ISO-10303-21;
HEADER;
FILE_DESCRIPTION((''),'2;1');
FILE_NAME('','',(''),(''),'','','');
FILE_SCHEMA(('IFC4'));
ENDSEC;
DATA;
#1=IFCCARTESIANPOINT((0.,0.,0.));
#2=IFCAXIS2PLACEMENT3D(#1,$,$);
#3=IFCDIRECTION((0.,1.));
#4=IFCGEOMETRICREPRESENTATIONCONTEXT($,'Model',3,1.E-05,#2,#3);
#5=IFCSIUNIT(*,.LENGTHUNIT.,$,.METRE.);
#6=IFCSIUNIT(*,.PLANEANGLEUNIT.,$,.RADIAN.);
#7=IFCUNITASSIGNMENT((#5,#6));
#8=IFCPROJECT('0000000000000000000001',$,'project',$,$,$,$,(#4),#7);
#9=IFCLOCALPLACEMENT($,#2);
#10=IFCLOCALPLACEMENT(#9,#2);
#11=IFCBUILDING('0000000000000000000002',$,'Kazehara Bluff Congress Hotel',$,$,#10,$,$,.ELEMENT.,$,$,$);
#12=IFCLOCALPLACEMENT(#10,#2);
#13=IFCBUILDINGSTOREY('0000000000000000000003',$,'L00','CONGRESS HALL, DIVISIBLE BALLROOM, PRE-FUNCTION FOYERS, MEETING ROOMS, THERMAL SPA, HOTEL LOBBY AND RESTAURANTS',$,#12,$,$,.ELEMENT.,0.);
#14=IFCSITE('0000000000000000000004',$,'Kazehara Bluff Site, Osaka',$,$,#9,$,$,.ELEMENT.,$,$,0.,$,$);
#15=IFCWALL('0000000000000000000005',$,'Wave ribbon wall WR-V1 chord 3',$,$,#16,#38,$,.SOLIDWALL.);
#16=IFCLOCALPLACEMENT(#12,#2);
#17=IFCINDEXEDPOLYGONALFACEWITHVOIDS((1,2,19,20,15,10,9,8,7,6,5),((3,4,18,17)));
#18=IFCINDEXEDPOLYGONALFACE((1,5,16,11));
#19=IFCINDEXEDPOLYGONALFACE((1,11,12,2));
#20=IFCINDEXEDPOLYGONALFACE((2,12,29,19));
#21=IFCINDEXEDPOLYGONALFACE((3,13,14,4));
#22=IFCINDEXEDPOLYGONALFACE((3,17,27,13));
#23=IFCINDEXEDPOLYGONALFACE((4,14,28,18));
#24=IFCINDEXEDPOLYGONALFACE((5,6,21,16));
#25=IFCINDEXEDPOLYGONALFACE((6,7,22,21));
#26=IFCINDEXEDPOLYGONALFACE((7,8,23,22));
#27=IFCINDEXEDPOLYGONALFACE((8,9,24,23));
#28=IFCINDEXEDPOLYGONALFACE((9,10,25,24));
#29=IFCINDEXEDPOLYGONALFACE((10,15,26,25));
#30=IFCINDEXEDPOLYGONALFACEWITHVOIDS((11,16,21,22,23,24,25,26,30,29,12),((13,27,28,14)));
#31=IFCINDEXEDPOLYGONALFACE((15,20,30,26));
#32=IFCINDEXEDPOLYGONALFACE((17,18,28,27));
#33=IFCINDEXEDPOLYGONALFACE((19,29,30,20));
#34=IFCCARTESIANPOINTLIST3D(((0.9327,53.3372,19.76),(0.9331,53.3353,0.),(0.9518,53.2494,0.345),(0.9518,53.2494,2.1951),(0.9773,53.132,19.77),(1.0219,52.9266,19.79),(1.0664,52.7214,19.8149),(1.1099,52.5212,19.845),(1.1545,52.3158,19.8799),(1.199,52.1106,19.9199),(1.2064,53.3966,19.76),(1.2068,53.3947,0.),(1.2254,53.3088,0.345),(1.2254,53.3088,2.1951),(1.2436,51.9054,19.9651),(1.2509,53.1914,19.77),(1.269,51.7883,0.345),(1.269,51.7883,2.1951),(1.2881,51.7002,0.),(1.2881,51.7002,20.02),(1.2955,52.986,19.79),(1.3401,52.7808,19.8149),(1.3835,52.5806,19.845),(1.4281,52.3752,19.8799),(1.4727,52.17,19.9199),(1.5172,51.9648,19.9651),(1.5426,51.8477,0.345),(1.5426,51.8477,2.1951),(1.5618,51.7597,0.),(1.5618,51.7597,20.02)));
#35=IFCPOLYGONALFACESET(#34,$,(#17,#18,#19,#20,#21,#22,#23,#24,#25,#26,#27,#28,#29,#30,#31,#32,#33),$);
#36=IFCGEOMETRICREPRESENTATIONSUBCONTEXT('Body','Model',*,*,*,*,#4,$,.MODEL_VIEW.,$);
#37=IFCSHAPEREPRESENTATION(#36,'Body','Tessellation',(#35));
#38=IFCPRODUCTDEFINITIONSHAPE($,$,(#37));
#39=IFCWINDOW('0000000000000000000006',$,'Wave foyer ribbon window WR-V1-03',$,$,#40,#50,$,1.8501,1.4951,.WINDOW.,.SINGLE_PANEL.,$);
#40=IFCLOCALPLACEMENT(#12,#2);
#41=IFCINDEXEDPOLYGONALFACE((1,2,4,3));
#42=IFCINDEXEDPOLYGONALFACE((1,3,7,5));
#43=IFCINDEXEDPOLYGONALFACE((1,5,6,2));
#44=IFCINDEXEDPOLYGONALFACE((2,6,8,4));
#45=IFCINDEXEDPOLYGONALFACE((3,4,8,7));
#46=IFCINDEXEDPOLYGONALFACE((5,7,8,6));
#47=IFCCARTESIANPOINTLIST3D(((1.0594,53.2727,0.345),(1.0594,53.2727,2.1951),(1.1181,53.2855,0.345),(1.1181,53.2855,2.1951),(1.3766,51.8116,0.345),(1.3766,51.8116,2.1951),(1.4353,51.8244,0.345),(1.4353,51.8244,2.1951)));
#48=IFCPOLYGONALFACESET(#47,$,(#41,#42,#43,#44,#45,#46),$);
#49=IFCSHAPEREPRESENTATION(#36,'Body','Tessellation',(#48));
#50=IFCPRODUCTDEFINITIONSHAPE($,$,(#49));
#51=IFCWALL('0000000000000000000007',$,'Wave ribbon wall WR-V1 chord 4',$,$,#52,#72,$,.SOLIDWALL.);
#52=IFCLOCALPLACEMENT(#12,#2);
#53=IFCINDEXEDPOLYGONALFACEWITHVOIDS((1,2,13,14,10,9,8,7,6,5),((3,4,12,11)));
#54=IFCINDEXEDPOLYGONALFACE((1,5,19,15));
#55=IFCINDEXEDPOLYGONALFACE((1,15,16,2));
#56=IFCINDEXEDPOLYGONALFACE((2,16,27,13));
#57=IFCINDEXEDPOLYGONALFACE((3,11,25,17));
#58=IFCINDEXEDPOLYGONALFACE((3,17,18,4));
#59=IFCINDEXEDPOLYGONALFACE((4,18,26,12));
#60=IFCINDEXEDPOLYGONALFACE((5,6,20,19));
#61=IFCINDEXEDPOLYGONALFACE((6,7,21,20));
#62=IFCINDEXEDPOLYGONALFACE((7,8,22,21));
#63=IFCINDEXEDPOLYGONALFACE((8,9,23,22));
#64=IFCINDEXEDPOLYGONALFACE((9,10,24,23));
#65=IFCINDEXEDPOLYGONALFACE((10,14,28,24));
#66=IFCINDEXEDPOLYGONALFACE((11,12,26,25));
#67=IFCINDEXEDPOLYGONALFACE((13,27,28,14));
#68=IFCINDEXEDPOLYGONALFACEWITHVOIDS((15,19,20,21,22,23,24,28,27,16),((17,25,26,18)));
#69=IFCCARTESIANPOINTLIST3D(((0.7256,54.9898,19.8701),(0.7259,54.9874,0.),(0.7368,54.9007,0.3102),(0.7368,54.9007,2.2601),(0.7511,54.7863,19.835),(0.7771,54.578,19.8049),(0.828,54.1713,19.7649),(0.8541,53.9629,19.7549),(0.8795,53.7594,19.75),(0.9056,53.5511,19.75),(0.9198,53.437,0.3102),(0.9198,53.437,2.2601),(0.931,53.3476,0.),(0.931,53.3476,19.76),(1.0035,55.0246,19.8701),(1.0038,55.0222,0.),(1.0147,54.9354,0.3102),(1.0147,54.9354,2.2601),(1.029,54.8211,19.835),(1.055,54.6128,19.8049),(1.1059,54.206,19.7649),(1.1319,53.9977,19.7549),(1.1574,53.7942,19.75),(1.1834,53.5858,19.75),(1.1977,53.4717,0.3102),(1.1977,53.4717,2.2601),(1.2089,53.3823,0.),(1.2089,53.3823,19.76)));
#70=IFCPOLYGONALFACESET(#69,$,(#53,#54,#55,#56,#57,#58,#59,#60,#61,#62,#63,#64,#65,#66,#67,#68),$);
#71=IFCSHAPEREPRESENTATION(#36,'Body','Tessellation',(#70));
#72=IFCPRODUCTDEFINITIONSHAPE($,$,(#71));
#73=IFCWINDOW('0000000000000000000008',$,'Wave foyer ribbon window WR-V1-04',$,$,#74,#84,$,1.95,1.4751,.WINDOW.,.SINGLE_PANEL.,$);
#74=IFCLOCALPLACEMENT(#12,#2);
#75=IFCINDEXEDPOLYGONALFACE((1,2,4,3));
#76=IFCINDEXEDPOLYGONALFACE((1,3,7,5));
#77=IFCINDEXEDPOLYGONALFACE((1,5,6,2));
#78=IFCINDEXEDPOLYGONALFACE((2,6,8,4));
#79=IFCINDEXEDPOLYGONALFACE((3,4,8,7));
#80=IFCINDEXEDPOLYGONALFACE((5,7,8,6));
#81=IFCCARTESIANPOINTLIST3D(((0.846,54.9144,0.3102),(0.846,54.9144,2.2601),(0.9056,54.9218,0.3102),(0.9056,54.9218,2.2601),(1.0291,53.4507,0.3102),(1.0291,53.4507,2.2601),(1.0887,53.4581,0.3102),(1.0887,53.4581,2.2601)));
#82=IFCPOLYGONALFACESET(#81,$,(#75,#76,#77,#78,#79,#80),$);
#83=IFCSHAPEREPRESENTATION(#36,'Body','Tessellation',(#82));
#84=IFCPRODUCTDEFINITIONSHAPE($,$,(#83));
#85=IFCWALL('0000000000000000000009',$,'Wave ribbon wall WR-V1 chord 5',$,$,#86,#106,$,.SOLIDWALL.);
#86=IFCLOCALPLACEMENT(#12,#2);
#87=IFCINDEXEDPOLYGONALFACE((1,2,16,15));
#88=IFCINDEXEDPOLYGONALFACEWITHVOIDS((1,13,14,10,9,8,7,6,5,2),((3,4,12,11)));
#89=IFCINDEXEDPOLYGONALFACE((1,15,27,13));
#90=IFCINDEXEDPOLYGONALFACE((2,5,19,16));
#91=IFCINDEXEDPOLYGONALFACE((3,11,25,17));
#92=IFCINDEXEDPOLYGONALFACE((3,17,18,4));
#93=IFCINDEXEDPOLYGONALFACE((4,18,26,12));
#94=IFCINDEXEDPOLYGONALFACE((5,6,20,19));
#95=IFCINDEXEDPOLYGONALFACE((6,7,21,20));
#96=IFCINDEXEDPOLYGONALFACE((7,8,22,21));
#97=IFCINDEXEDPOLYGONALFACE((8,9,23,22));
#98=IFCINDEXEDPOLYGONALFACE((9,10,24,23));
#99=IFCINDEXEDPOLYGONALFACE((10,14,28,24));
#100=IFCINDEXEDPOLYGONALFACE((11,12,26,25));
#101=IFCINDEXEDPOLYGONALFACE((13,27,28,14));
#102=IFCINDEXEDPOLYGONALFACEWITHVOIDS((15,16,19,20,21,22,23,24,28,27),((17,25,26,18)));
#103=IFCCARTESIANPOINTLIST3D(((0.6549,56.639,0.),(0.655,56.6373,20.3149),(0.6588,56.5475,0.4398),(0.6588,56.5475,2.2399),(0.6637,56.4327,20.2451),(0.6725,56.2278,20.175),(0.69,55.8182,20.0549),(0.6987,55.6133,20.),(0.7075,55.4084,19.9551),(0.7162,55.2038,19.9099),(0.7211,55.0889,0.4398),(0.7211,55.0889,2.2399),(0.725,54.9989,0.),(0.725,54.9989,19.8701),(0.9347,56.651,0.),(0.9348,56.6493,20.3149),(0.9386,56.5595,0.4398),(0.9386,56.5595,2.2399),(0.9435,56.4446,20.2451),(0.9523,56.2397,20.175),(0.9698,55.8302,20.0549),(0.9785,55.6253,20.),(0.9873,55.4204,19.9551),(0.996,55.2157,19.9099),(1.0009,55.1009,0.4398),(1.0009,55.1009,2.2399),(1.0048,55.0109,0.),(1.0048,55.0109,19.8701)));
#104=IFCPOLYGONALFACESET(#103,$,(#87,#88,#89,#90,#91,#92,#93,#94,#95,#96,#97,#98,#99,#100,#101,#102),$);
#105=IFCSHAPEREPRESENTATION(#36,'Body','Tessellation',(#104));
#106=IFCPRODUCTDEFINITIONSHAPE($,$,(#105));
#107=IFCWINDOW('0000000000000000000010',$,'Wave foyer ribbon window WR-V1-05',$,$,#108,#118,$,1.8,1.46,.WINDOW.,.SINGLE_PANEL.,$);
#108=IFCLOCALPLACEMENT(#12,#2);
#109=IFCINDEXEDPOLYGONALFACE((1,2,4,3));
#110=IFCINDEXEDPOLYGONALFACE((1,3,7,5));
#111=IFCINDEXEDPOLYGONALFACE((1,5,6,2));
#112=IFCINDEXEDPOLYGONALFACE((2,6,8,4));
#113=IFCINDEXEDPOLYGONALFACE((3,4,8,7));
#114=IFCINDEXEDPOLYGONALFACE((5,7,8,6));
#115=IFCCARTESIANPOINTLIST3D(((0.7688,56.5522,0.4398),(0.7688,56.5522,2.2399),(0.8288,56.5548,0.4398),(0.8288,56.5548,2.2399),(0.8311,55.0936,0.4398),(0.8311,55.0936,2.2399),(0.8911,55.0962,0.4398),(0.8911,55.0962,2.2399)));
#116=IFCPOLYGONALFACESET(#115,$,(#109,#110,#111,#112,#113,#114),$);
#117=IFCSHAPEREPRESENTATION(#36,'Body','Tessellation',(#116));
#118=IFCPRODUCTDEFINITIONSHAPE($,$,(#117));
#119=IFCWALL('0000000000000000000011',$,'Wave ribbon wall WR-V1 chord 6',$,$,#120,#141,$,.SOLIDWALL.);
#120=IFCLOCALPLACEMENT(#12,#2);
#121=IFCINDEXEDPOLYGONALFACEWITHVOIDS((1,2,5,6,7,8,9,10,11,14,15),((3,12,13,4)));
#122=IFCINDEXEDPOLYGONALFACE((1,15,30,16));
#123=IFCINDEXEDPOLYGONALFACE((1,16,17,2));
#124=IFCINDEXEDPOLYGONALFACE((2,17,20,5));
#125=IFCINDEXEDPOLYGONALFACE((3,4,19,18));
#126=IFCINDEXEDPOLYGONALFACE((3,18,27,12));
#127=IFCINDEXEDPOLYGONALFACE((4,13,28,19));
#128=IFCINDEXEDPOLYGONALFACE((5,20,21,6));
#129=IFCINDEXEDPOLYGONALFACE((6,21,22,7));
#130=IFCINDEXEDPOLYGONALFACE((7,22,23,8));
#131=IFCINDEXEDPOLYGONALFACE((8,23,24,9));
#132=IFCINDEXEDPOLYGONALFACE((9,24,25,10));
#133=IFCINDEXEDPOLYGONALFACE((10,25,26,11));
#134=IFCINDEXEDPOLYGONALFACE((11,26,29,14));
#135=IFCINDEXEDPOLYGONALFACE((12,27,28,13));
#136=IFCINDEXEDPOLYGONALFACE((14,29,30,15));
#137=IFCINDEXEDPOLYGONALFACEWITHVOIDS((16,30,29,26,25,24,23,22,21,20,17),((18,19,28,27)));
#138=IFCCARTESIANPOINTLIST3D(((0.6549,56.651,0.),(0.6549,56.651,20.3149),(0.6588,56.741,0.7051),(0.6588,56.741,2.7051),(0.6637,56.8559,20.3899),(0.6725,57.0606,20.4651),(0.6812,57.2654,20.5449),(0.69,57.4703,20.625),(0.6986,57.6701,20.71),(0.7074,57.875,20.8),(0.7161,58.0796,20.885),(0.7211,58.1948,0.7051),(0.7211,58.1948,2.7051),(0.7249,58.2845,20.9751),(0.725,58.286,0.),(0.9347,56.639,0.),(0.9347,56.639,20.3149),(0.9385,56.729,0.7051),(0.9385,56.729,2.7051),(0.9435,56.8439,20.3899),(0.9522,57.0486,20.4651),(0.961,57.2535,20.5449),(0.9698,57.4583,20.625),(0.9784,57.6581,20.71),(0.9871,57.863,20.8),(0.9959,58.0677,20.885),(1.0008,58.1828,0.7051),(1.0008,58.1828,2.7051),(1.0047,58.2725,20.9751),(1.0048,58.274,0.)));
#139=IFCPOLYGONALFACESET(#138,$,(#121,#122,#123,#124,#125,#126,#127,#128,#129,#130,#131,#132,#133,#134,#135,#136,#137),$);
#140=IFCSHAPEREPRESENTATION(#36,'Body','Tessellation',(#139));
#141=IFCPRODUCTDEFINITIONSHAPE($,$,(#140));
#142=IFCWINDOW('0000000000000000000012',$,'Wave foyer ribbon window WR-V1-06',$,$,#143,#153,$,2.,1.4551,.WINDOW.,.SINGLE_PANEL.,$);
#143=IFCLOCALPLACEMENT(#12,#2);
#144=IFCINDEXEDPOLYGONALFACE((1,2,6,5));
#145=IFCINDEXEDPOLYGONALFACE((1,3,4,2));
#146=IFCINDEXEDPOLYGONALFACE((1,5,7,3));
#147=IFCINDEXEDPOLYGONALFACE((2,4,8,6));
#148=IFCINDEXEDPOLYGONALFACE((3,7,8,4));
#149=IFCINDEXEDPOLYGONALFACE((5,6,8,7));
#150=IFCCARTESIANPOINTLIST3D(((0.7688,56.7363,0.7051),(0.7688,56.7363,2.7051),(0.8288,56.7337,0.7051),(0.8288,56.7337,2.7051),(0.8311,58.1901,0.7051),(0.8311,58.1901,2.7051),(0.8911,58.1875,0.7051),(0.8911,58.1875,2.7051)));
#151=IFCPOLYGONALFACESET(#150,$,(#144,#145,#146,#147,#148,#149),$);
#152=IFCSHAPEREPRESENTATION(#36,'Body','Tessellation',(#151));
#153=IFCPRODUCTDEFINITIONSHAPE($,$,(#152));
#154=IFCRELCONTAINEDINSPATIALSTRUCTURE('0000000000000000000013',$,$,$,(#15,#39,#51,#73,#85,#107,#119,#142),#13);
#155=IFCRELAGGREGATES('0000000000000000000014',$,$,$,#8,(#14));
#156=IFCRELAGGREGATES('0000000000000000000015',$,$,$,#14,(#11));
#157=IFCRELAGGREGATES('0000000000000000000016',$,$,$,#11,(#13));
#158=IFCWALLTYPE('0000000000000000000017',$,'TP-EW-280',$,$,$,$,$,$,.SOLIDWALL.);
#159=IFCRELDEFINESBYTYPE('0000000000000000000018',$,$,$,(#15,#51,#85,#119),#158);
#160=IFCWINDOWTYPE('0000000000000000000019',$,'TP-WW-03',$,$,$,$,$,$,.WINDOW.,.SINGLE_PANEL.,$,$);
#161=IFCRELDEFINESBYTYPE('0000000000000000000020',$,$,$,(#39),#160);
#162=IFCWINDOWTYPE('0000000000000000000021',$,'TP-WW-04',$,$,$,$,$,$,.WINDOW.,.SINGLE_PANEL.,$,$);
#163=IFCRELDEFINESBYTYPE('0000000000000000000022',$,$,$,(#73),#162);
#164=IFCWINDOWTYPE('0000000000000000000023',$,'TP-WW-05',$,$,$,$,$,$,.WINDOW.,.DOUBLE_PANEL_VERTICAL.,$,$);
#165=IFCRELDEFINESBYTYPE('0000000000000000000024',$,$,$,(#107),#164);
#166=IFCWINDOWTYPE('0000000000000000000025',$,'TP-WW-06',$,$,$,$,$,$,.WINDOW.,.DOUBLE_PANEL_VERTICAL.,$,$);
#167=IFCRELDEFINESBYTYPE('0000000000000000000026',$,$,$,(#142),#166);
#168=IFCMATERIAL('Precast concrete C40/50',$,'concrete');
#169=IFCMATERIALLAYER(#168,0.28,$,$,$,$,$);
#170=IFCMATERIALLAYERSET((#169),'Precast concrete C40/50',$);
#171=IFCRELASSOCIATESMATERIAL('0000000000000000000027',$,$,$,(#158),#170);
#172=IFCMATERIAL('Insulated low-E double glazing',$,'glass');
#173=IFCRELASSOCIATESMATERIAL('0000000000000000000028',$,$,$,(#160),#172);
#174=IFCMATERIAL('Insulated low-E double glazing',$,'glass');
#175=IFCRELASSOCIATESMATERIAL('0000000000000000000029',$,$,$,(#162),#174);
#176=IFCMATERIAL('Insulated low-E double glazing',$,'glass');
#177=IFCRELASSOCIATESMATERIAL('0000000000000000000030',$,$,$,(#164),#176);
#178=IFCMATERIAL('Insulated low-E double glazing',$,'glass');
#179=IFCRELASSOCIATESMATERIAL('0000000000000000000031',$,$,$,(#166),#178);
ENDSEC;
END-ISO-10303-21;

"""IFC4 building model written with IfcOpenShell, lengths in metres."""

from ifc_helpers import new_model, si_unit, direction, frame, frame_2d, origin, place, context, subcontext, project, spatial, polyline, rectangle, outline, extrude, material, layer, layer_set, type_object, element, fill, save


model = new_model("IFC4")

# Units and contexts
model_context = context("Model", 3, precision=1e-05, world=origin(), true_north=direction((0.0, 1.0)))
body_context = subcontext(model_context, "Body", "Model", "MODEL_VIEW")
ifc_project = project(units=[si_unit("LENGTHUNIT", "METRE"), si_unit("PLANEANGLEUNIT", "RADIAN")], contexts=[model_context])

# Site, building, storey
site_placement = place(None, origin())
site = spatial("IfcSite", under=ifc_project, at=site_placement, Name="Kazehara Bluff Site, Osaka", CompositionType="ELEMENT", RefElevation=0.0)
building_placement = place(site_placement, origin())
building = spatial("IfcBuilding", under=site, at=building_placement, Name="Kazehara Bluff Congress Hotel", CompositionType="ELEMENT")
storey_placement = place(building_placement, origin())
storey = spatial("IfcBuildingStorey", under=building, at=storey_placement, Name="L00", Description="CONGRESS HALL, DIVISIBLE BALLROOM, PRE-FUNCTION FOYERS, MEETING ROOMS, THERMAL SPA, HOTEL LOBBY AND RESTAURANTS", CompositionType="ELEMENT", Elevation=0.0)

# Walls, openings, windows
ifc_material_1 = material(Name="Precast concrete C40/50", Category="concrete")
ifc_layer_1 = layer(ifc_material_1, 0.28)
ifc_layer_set_1 = layer_set([ifc_layer_1], Name="Precast concrete C40/50")
wall_type = type_object("IfcWallType", Name="TP-EW-280", PredefinedType="SOLIDWALL", material=ifc_layer_set_1)
wall_1_placement = place(storey_placement, frame((1.425, 51.73, 0.0), z_axis=(0.0, 0.0, 1.0), x_axis=(-0.212169, 0.977233, 0.0)))
wall_1 = element("IfcWall", 1, at=wall_1_placement, inside=storey, type_object=wall_type, Name="Wave ribbon wall WR-V1 chord 3", PredefinedType="SOLIDWALL", context=body_context, shape_type="SweptSolid", body=[
    extrude(outline(polyline([(0.0, 0.0), (1.6731, 0.0), (1.675, 19.76), (1.4651, 19.77), (1.2549, 19.79), (1.0449, 19.8149), (0.8401, 19.845), (0.6299, 19.8799), (0.4199, 19.9199), (0.21, 19.9651), (0.0, 20.02), (0.0, 0.0)])), frame((0.0, 0.1401, 0.0), z_axis=(0.0, -1.0, 0.0), x_axis=(1.0, 0.0, 0.0)), (0.0, 0.0, 1.0), 0.28),
])
opening_1_placement = place(wall_1_placement, frame((0.0901, 0.0, 0.345)))
opening_1 = element("IfcOpeningElement", 2, at=opening_1_placement, cuts=wall_1, PredefinedType="OPENING", context=body_context, shape_type="SweptSolid", body=[
    extrude(rectangle(XDim=1.4951, YDim=1.8501, at=frame_2d((0.7476, 0.925))), frame((0.0, 0.1499, 0.0), z_axis=(0.0, -1.0, 0.0), x_axis=(1.0, 0.0, 0.0)), (0.0, 0.0, 1.0), 0.3),
])
ifc_material_2 = material(Name="Insulated low-E double glazing", Category="glass")
window_type_1 = type_object("IfcWindowType", Name="TP-WW-03", PartitioningType="SINGLE_PANEL", PredefinedType="WINDOW", material=ifc_material_2)
window_1_placement = place(opening_1_placement, origin())
window_1 = element("IfcWindow", 3, at=window_1_placement, inside=storey, type_object=window_type_1, Name="Wave foyer ribbon window WR-V1-03", OverallHeight=1.8501, OverallWidth=1.4951, PartitioningType="SINGLE_PANEL", PredefinedType="WINDOW", context=body_context, shape_type="SweptSolid", body=[
    extrude(rectangle(XDim=1.4951, YDim=1.8501, at=frame_2d((0.7476, 0.925))), frame((0.0, 0.03, 0.0), z_axis=(0.0, -1.0, 0.0), x_axis=(1.0, 0.0, 0.0)), (0.0, 0.0, 1.0), 0.0601),
])
fill(opening_1, window_1)
wall_2_placement = place(storey_placement, frame((1.0701, 53.365, 0.0), z_axis=(0.0, 0.0, 1.0), x_axis=(-0.124089, 0.992271, 0.0)))
wall_2 = element("IfcWall", 4, at=wall_2_placement, inside=storey, type_object=wall_type, Name="Wave ribbon wall WR-V1 chord 4", PredefinedType="SOLIDWALL", context=body_context, shape_type="SweptSolid", body=[
    extrude(outline(polyline([(0.0, 0.0), (1.6526, 0.0), (1.655, 19.8701), (1.45, 19.835), (1.24, 19.8049), (1.0349, 19.7849), (0.8301, 19.7649), (0.6201, 19.7549), (0.415, 19.75), (0.2051, 19.75), (0.0, 19.76), (0.0, 0.0)])), frame((0.0, 0.1401, 0.0), z_axis=(0.0, -1.0, 0.0), x_axis=(1.0, 0.0, 0.0)), (0.0, 0.0, 1.0), 0.28),
])
opening_2_placement = place(wall_2_placement, frame((0.0901, 0.0, 0.3101)))
opening_2 = element("IfcOpeningElement", 5, at=opening_2_placement, cuts=wall_2, PredefinedType="OPENING", context=body_context, shape_type="SweptSolid", body=[
    extrude(rectangle(XDim=1.4751, YDim=1.95, at=frame_2d((0.7375, 0.9751))), frame((0.0, 0.1499, 0.0), z_axis=(0.0, -1.0, 0.0), x_axis=(1.0, 0.0, 0.0)), (0.0, 0.0, 1.0), 0.3),
])
ifc_material_3 = material(Name="Insulated low-E double glazing", Category="glass")
window_type_2 = type_object("IfcWindowType", Name="TP-WW-04", PartitioningType="SINGLE_PANEL", PredefinedType="WINDOW", material=ifc_material_3)
window_2_placement = place(opening_2_placement, origin())
window_2 = element("IfcWindow", 6, at=window_2_placement, inside=storey, type_object=window_type_2, Name="Wave foyer ribbon window WR-V1-04", OverallHeight=1.95, OverallWidth=1.4751, PartitioningType="SINGLE_PANEL", PredefinedType="WINDOW", context=body_context, shape_type="SweptSolid", body=[
    extrude(rectangle(XDim=1.4751, YDim=1.95, at=frame_2d((0.7375, 0.9751))), frame((0.0, 0.03, 0.0), z_axis=(0.0, -1.0, 0.0), x_axis=(1.0, 0.0, 0.0)), (0.0, 0.0, 1.0), 0.0601),
])
fill(opening_2, window_2)
wall_3_placement = place(storey_placement, frame((0.865, 55.0049, 0.0), z_axis=(0.0, 0.0, 1.0), x_axis=(-0.042682, 0.999089, 0.0)))
wall_3 = element("IfcWall", 7, at=wall_3_placement, inside=storey, type_object=wall_type, Name="Wave ribbon wall WR-V1 chord 5", PredefinedType="SOLIDWALL", context=body_context, shape_type="SweptSolid", body=[
    extrude(outline(polyline([(0.0, 0.0), (1.6416, 0.0), (1.6399, 20.3149), (1.4351, 20.2451), (1.23, 20.175), (1.0249, 20.115), (0.8201, 20.0549), (0.615, 20.0), (0.4099, 19.9551), (0.2051, 19.9099), (0.0, 19.8701), (0.0, 0.0)])), frame((0.0, 0.1401, 0.0), z_axis=(0.0, -1.0, 0.0), x_axis=(1.0, 0.0, 0.0)), (0.0, 0.0, 1.0), 0.28),
])
opening_3_placement = place(wall_3_placement, frame((0.0901, 0.0, 0.4399)))
opening_3 = element("IfcOpeningElement", 8, at=opening_3_placement, cuts=wall_3, PredefinedType="OPENING", context=body_context, shape_type="SweptSolid", body=[
    extrude(rectangle(XDim=1.46, YDim=1.8, at=frame_2d((0.73, 0.8999))), frame((0.0, 0.1499, 0.0), z_axis=(0.0, -1.0, 0.0), x_axis=(1.0, 0.0, 0.0)), (0.0, 0.0, 1.0), 0.3),
])
ifc_material_4 = material(Name="Insulated low-E double glazing", Category="glass")
window_type_3 = type_object("IfcWindowType", Name="TP-WW-05", PartitioningType="DOUBLE_PANEL_VERTICAL", PredefinedType="WINDOW", material=ifc_material_4)
window_3_placement = place(opening_3_placement, origin())
window_3 = element("IfcWindow", 9, at=window_3_placement, inside=storey, type_object=window_type_3, Name="Wave foyer ribbon window WR-V1-05", OverallHeight=1.8, OverallWidth=1.46, PartitioningType="SINGLE_PANEL", PredefinedType="WINDOW", context=body_context, shape_type="SweptSolid", body=[
    extrude(rectangle(XDim=1.46, YDim=1.8, at=frame_2d((0.73, 0.8999))), frame((0.0, 0.03, 0.0), z_axis=(0.0, -1.0, 0.0), x_axis=(1.0, 0.0, 0.0)), (0.0, 0.0, 1.0), 0.0601),
])
fill(opening_3, window_3)
wall_4_placement = place(storey_placement, frame((0.7949, 56.645, 0.0), z_axis=(0.0, 0.0, 1.0), x_axis=(0.042816, 0.999083, 0.0)))
wall_4 = element("IfcWall", 10, at=wall_4_placement, inside=storey, type_object=wall_type, Name="Wave ribbon wall WR-V1 chord 6", PredefinedType="SOLIDWALL", context=body_context, shape_type="SweptSolid", body=[
    extrude(outline(polyline([(0.0, 0.0), (1.6365, 0.0), (1.635, 20.9751), (1.4299, 20.885), (1.2251, 20.8), (1.02, 20.71), (0.8201, 20.625), (0.615, 20.5449), (0.4099, 20.4651), (0.2051, 20.3899), (0.0, 20.3149), (0.0, 0.0)])), frame((0.0, 0.1401, 0.0), z_axis=(0.0, -1.0, 0.0), x_axis=(1.0, 0.0, 0.0)), (0.0, 0.0, 1.0), 0.28),
])
opening_4_placement = place(wall_4_placement, frame((0.0901, 0.0, 0.7051)))
opening_4 = element("IfcOpeningElement", 11, at=opening_4_placement, cuts=wall_4, PredefinedType="OPENING", context=body_context, shape_type="SweptSolid", body=[
    extrude(rectangle(XDim=1.4551, YDim=2.0, at=frame_2d((0.7275, 1.0))), frame((0.0, 0.1499, 0.0), z_axis=(0.0, -1.0, 0.0), x_axis=(1.0, 0.0, 0.0)), (0.0, 0.0, 1.0), 0.3),
])
ifc_material_5 = material(Name="Insulated low-E double glazing", Category="glass")
window_type_4 = type_object("IfcWindowType", Name="TP-WW-06", PartitioningType="DOUBLE_PANEL_VERTICAL", PredefinedType="WINDOW", material=ifc_material_5)
window_4_placement = place(opening_4_placement, origin())
window_4 = element("IfcWindow", 12, at=window_4_placement, inside=storey, type_object=window_type_4, Name="Wave foyer ribbon window WR-V1-06", OverallHeight=2.0, OverallWidth=1.4551, PartitioningType="SINGLE_PANEL", PredefinedType="WINDOW", context=body_context, shape_type="SweptSolid", body=[
    extrude(rectangle(XDim=1.4551, YDim=2.0, at=frame_2d((0.7275, 1.0))), frame((0.0, 0.03, 0.0), z_axis=(0.0, -1.0, 0.0), x_axis=(1.0, 0.0, 0.0)), (0.0, 0.0, 1.0), 0.0601),
])
fill(opening_4, window_4)

save(model, "model.ifc")
